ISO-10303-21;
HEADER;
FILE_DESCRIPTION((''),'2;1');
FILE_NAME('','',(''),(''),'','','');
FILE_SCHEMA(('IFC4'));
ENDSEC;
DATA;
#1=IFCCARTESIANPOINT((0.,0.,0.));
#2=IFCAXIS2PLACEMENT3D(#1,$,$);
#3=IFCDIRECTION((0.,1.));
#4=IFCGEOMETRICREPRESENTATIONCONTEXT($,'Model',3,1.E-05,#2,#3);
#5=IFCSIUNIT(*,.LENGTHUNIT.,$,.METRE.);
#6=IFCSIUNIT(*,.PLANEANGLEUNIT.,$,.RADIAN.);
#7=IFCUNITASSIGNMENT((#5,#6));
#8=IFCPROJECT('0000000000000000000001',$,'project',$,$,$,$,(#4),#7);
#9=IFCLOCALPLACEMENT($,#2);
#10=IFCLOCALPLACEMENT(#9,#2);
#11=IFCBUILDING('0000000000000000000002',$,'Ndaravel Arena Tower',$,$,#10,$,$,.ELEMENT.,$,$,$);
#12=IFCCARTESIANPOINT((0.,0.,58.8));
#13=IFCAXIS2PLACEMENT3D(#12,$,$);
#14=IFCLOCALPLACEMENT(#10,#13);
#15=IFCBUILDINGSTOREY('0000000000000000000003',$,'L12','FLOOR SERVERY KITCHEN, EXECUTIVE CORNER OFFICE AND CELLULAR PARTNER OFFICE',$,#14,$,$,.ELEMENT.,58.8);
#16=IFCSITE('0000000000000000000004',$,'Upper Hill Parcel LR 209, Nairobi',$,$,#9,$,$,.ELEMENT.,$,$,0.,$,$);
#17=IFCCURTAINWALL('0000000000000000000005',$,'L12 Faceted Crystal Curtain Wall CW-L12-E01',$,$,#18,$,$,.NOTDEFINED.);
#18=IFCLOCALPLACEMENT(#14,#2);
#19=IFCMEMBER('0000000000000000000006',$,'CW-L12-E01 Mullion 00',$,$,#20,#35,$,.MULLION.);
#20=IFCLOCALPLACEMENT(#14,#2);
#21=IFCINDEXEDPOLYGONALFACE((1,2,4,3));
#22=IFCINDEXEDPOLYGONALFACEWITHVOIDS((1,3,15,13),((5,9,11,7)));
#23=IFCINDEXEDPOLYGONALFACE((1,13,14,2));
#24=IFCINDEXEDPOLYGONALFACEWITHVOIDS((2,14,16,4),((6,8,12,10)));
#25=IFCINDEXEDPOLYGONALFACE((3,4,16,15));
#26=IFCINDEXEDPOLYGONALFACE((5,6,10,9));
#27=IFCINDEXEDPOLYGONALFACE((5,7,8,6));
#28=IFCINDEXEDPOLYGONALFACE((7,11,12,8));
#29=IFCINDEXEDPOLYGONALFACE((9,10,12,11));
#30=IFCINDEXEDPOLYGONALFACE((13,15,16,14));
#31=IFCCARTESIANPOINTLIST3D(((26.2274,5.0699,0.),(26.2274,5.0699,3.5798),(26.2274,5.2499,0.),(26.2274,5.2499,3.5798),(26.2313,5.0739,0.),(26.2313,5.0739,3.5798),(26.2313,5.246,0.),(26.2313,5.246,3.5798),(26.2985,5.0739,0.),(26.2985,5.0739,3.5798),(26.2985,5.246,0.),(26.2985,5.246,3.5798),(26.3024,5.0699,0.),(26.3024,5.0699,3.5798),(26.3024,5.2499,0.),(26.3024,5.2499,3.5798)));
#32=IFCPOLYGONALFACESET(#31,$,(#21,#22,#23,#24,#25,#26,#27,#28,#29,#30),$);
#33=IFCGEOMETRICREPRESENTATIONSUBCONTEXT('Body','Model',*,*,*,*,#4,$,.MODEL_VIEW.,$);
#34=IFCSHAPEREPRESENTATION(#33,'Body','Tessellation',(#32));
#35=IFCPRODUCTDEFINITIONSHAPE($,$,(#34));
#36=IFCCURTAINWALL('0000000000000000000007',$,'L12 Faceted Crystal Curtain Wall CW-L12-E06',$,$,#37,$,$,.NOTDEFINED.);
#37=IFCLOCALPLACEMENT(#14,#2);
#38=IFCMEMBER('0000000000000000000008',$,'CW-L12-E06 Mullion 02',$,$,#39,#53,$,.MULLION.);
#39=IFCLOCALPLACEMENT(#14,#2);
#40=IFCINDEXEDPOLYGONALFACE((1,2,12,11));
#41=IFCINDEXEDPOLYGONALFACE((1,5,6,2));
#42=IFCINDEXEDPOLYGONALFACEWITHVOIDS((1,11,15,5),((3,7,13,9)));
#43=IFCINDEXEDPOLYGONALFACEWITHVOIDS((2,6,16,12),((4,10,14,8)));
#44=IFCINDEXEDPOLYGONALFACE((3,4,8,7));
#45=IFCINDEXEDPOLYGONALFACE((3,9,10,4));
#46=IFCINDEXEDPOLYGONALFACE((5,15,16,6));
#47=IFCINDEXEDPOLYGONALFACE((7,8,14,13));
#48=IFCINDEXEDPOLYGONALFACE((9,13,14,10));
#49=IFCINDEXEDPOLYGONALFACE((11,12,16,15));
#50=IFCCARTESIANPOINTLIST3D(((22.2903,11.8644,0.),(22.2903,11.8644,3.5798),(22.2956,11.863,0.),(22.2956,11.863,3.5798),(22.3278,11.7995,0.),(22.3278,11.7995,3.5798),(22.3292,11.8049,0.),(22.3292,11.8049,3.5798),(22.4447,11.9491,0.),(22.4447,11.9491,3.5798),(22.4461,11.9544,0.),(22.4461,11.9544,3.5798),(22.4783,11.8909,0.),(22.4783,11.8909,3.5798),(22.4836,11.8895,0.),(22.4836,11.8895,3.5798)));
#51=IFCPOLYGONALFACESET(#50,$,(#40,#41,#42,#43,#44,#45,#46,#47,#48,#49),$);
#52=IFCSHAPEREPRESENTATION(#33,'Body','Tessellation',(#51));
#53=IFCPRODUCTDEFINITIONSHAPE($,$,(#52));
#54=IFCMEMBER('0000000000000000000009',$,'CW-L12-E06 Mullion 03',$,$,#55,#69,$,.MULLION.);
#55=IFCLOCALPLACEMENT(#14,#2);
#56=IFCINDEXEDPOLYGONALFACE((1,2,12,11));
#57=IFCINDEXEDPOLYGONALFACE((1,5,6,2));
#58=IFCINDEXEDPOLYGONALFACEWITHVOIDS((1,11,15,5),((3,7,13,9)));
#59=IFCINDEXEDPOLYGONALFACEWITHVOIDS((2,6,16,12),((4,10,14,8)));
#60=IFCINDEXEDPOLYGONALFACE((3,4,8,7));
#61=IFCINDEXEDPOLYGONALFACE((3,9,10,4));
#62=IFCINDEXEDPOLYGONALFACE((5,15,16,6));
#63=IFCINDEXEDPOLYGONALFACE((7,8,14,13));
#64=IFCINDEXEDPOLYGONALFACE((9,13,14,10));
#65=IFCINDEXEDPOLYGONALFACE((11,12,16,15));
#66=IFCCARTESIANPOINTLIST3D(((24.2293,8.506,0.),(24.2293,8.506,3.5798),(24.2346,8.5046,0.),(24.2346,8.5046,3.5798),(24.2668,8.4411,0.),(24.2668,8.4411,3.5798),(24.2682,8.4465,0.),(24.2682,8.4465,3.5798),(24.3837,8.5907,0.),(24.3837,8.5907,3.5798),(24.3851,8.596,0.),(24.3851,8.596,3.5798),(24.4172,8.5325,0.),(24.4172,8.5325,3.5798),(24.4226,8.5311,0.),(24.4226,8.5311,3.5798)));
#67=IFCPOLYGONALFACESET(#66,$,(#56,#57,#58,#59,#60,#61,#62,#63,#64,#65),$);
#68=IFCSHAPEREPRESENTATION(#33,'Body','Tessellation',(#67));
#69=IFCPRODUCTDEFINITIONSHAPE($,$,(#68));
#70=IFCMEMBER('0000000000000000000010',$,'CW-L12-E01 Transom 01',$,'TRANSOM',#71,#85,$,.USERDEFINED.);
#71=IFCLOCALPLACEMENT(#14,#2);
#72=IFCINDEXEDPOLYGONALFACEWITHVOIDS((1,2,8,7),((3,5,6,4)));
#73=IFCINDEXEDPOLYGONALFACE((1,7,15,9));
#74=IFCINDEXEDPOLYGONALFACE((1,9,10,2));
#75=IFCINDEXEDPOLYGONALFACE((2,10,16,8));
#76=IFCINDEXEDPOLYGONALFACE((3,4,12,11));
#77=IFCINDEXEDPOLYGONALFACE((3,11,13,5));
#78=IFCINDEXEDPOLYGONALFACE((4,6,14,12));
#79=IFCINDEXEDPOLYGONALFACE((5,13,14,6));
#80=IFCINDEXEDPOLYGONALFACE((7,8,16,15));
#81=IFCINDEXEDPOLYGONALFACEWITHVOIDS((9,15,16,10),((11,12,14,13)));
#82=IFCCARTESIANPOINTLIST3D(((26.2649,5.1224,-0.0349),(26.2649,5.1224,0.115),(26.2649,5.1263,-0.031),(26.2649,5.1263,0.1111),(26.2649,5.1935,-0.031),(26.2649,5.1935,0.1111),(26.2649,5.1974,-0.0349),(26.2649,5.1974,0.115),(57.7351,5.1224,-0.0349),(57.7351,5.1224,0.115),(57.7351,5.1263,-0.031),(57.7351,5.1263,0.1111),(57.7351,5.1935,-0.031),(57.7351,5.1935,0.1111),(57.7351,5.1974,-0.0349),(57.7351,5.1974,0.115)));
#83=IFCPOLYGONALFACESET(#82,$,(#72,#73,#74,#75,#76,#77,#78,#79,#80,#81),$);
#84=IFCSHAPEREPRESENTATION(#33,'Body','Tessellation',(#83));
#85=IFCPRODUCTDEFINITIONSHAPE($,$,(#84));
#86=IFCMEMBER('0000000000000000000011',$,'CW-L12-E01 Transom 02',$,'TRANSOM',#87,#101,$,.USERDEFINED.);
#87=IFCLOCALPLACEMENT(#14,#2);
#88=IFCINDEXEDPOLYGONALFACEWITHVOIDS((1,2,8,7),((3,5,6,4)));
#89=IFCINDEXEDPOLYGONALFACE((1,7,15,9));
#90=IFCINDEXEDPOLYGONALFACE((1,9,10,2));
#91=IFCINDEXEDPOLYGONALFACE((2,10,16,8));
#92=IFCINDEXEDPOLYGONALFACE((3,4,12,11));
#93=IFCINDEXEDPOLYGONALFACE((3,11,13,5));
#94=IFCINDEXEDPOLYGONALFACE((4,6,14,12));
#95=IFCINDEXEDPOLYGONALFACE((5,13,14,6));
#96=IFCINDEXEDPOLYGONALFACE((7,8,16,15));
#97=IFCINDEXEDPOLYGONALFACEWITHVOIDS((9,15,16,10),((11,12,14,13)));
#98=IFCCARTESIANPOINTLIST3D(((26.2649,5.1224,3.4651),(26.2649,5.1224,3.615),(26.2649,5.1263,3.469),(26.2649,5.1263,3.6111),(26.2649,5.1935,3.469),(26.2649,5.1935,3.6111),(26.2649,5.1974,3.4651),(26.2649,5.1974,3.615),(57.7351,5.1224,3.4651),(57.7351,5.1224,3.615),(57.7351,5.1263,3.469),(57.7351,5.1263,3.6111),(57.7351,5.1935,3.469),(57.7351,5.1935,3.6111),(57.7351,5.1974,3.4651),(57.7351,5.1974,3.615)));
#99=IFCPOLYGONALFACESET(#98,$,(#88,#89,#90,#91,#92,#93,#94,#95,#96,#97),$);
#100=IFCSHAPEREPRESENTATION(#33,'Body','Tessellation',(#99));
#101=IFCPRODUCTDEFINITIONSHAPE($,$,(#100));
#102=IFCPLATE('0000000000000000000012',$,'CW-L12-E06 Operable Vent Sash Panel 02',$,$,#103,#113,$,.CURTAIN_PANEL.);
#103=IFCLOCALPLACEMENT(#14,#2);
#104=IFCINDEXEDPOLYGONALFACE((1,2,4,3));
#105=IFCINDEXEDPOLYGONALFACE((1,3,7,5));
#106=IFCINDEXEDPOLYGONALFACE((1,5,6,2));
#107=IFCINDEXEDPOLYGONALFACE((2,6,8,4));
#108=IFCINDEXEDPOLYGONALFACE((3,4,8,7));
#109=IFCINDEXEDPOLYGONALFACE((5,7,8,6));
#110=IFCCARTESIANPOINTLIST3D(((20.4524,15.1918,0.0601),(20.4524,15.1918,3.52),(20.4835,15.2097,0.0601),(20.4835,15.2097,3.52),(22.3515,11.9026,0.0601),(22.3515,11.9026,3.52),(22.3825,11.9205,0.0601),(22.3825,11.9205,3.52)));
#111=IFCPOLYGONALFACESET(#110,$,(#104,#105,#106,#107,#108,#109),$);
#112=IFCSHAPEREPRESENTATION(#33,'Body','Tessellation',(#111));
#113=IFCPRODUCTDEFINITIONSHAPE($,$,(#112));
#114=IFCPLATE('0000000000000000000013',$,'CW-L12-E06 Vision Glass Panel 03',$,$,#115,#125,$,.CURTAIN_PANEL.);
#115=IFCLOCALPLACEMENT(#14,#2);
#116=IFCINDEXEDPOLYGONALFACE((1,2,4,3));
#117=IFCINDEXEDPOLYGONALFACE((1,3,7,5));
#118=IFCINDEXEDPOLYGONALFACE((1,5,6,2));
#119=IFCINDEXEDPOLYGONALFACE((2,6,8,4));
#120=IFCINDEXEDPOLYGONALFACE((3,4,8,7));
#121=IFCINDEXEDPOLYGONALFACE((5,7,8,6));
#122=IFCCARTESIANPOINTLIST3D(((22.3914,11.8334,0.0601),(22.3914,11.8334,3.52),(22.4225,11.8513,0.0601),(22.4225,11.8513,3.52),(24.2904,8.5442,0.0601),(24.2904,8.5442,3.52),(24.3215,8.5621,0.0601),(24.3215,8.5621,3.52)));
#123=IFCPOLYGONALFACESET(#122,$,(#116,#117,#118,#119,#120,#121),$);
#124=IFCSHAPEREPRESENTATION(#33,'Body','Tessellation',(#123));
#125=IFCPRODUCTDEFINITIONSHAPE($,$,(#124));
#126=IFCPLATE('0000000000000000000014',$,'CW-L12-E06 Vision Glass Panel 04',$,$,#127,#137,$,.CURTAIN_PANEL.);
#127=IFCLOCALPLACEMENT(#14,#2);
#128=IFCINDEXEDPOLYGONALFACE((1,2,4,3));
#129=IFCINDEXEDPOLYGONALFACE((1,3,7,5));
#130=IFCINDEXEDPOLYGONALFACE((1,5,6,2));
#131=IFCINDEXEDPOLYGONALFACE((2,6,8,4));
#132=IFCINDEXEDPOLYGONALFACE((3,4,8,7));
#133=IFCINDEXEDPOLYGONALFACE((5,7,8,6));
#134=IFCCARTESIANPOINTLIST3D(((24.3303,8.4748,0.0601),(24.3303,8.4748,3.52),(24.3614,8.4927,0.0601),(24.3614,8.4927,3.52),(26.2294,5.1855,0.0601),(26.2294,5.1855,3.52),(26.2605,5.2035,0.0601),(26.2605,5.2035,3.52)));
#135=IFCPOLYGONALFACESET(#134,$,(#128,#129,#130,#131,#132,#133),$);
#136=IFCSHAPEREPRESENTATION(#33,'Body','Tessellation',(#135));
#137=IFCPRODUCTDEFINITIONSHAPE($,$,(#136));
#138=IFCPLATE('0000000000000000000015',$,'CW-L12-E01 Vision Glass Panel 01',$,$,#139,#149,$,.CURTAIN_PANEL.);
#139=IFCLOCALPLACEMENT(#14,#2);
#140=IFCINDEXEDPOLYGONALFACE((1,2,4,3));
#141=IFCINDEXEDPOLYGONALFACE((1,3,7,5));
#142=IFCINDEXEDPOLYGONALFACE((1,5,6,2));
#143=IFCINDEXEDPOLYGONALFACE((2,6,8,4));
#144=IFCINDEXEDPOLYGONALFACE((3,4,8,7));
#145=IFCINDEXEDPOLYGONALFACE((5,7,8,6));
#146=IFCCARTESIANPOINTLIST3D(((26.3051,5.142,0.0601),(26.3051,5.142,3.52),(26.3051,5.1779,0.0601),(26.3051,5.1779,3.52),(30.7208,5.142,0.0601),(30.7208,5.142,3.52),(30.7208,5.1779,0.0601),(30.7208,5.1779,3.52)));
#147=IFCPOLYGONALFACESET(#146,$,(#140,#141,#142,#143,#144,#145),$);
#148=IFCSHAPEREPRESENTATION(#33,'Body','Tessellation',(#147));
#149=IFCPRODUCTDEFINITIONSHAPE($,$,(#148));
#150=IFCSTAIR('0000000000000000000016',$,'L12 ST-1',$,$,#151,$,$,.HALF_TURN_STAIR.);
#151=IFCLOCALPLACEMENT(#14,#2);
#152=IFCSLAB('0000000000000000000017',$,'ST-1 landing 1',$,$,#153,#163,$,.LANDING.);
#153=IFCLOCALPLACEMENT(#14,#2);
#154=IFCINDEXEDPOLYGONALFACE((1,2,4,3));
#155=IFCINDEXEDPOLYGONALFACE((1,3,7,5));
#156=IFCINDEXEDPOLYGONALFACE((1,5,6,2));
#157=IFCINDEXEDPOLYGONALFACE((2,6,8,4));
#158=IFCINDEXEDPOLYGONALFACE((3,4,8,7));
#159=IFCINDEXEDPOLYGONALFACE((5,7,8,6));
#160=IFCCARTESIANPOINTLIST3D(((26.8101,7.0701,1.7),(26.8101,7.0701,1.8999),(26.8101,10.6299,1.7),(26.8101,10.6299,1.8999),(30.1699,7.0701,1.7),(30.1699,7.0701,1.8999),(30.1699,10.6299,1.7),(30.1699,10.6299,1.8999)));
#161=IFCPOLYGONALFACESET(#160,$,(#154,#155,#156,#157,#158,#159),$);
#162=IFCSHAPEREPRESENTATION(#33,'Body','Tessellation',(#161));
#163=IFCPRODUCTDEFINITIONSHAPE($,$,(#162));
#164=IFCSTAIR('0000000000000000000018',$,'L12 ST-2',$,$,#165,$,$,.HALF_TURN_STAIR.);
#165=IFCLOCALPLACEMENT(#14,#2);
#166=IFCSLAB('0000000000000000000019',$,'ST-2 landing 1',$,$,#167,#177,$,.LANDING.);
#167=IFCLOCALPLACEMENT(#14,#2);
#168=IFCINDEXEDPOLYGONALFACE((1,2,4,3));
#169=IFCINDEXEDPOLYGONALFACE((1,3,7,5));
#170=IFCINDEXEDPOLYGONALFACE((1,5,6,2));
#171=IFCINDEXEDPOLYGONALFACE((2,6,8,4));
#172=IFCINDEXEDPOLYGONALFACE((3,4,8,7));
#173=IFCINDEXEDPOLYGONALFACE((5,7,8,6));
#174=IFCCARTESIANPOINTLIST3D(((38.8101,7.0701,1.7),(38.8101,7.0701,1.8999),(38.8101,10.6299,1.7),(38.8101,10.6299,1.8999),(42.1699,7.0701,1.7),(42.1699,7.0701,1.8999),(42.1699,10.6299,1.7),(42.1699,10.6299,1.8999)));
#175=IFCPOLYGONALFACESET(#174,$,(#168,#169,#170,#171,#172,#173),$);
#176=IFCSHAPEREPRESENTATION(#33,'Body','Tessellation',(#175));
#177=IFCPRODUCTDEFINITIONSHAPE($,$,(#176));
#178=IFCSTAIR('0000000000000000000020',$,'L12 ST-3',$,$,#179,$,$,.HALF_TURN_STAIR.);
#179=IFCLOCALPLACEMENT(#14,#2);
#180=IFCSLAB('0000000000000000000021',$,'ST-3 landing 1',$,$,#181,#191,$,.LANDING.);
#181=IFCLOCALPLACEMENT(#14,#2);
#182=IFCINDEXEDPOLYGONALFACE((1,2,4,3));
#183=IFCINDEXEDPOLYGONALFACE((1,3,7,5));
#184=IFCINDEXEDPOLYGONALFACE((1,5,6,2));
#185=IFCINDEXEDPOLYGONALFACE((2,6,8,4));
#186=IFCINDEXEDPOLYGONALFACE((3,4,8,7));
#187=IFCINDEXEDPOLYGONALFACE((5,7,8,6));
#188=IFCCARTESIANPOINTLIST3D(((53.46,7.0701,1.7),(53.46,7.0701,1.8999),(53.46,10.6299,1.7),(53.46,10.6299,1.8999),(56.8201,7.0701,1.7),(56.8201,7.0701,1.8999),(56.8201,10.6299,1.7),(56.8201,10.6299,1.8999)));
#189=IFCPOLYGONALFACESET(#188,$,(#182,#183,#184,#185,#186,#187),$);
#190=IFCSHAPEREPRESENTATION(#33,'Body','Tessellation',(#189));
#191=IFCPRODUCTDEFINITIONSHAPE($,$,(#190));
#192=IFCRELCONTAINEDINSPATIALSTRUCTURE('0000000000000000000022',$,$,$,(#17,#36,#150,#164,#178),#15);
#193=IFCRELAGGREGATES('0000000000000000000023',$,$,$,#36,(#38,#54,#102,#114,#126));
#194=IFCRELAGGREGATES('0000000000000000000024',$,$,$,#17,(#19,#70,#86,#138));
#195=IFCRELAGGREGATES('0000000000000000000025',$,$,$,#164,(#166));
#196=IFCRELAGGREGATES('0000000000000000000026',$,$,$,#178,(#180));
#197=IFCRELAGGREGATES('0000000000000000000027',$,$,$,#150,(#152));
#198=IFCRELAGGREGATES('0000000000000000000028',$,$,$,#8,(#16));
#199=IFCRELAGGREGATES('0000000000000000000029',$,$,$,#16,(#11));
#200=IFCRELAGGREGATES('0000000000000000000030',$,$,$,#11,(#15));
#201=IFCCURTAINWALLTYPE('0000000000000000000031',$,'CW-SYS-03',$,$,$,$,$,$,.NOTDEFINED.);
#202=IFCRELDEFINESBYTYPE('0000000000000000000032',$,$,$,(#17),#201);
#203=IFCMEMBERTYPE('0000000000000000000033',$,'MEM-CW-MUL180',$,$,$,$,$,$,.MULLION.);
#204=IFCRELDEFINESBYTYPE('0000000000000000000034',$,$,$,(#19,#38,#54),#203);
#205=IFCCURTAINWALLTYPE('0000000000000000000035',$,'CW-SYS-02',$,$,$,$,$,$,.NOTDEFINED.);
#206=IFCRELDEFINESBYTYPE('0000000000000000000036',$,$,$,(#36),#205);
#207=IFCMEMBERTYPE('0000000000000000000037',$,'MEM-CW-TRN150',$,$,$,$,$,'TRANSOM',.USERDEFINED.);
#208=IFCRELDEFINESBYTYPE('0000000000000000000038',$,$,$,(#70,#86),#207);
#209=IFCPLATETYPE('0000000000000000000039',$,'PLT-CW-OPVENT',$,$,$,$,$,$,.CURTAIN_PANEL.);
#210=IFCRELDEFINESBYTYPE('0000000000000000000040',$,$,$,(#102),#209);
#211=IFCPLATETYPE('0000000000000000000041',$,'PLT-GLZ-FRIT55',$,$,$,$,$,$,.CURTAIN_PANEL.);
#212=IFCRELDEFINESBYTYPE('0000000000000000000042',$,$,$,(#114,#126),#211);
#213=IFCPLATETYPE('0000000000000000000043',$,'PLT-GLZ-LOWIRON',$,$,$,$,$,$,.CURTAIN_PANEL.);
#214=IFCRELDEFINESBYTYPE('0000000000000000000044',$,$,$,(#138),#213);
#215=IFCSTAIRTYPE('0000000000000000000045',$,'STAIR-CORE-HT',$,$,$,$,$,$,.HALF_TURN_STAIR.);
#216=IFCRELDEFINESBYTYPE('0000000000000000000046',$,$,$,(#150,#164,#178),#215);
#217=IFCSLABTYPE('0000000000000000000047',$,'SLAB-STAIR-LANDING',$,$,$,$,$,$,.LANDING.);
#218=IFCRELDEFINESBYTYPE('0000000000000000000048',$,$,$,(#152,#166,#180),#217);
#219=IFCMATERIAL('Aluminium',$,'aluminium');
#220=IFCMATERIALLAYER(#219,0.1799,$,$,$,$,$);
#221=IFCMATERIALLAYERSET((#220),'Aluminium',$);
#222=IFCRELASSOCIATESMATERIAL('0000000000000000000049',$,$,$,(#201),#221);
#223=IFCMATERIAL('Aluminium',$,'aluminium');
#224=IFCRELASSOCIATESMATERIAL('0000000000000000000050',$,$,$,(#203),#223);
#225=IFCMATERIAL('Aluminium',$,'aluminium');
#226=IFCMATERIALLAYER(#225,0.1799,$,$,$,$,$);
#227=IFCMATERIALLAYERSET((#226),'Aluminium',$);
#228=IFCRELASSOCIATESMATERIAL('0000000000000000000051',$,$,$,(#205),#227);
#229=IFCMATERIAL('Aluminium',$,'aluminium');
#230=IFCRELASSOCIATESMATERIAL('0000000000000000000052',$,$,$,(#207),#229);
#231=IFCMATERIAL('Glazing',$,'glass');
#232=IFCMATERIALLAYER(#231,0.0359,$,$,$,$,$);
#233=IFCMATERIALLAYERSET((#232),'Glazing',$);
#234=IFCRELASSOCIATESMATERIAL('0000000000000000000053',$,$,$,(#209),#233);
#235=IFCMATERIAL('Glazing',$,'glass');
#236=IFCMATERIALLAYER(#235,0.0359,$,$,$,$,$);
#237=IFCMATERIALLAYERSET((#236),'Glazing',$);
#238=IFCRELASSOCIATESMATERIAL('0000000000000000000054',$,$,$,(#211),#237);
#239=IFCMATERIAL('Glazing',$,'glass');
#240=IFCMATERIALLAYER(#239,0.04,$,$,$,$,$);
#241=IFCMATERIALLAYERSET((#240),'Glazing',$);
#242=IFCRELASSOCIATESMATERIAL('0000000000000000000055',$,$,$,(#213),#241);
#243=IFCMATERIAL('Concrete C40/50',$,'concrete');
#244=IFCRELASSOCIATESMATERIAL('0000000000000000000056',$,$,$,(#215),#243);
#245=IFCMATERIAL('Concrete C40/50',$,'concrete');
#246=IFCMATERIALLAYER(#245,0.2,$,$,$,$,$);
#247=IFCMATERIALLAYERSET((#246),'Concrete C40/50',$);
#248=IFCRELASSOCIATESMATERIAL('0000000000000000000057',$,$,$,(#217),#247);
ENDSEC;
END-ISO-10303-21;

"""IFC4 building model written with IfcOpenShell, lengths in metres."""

from ifc_helpers import new_model, si_unit, direction, frame, origin, origin_2d, place, context, subcontext, project, spatial, polyline, rectangle, hollow_rectangle, outline, extrude, material, layer, layer_set, material_profile, profile_set, type_object, element, aggregate, save


model = new_model("IFC4")

# Units and contexts
model_context = context("Model", 3, precision=1e-05, world=origin(), true_north=direction((0.0, 1.0)))
body_context = subcontext(model_context, "Body", "Model", "MODEL_VIEW")
ifc_project = project(units=[si_unit("LENGTHUNIT", "METRE"), si_unit("PLANEANGLEUNIT", "RADIAN")], contexts=[model_context])

# Site, building, storey
site_placement = place(None, origin())
site = spatial("IfcSite", under=ifc_project, at=site_placement, Name="Upper Hill Parcel LR 209, Nairobi", CompositionType="ELEMENT", RefElevation=0.0)
building_placement = place(site_placement, origin())
building = spatial("IfcBuilding", under=site, at=building_placement, Name="Ndaravel Arena Tower", CompositionType="ELEMENT")
storey_placement = place(building_placement, frame((0.0, 0.0, 58.8)))
storey = spatial("IfcBuildingStorey", under=building, at=storey_placement, Name="L12", Description="FLOOR SERVERY KITCHEN, EXECUTIVE CORNER OFFICE AND CELLULAR PARTNER OFFICE", CompositionType="ELEMENT", Elevation=58.8)

# Curtain wall, member
ifc_material_1 = material(Name="Aluminium", Category="aluminium")
ifc_layer_1 = layer(ifc_material_1, 0.1799)
ifc_layer_set_1 = layer_set([ifc_layer_1], Name="Aluminium")
curtain_wall_type_1 = type_object("IfcCurtainWallType", Name="CW-SYS-03", PredefinedType="NOTDEFINED", material=ifc_layer_set_1)
curtain_wall_1_placement = place(storey_placement, origin())
curtain_wall_1 = element("IfcCurtainWall", 1, at=curtain_wall_1_placement, inside=storey, type_object=curtain_wall_type_1, Name="L12 Faceted Crystal Curtain Wall CW-L12-E01", PredefinedType="NOTDEFINED")
ifc_material_2 = material(Name="Aluminium", Category="aluminium")
ifc_material_profile_1 = material_profile(ifc_material_2, hollow_rectangle(XDim=0.075, YDim=0.1799, WallThickness=0.0039, at=origin_2d()), Name="CW MULLION 75x180x4")
ifc_profile_set_1 = profile_set([ifc_material_profile_1], Name="Aluminium")
member_type_1 = type_object("IfcMemberType", Name="MEM-CW-MUL180", PredefinedType="MULLION", material=ifc_profile_set_1)
member_1_placement = place(storey_placement, frame((26.2649, 5.1599, 0.0), z_axis=(0.0, 0.0, 1.0), x_axis=(1.0, 0.0, 0.0)))
member_1 = element("IfcMember", 2, at=member_1_placement, type_object=member_type_1, Name="CW-L12-E01 Mullion 00", PredefinedType="MULLION", context=body_context, shape_type="SweptSolid", body=[
    extrude(hollow_rectangle(XDim=0.075, YDim=0.1799, WallThickness=0.0039, at=origin_2d()), origin(), (0.0, 0.0, 1.0), 3.5798),
])

# Curtain wall, members
ifc_material_3 = material(Name="Aluminium", Category="aluminium")
ifc_layer_2 = layer(ifc_material_3, 0.1799)
ifc_layer_set_2 = layer_set([ifc_layer_2], Name="Aluminium")
curtain_wall_type_2 = type_object("IfcCurtainWallType", Name="CW-SYS-02", PredefinedType="NOTDEFINED", material=ifc_layer_set_2)
curtain_wall_2_placement = place(storey_placement, origin())
curtain_wall_2 = element("IfcCurtainWall", 3, at=curtain_wall_2_placement, inside=storey, type_object=curtain_wall_type_2, Name="L12 Faceted Crystal Curtain Wall CW-L12-E06", PredefinedType="NOTDEFINED")
member_2_placement = place(storey_placement, frame((22.387, 11.877, 0.0), z_axis=(0.0, 0.0, 1.0), x_axis=(0.5, -0.866025, 0.0)))
member_2 = element("IfcMember", 4, at=member_2_placement, type_object=member_type_1, Name="CW-L12-E06 Mullion 02", PredefinedType="MULLION", context=body_context, shape_type="SweptSolid", body=[
    extrude(hollow_rectangle(XDim=0.075, YDim=0.1799, WallThickness=0.0039, at=origin_2d()), origin(), (0.0, 0.0, 1.0), 3.5798),
])
member_3_placement = place(storey_placement, frame((24.3259, 8.5186, 0.0), z_axis=(0.0, 0.0, 1.0), x_axis=(0.5, -0.866025, 0.0)))
member_3 = element("IfcMember", 5, at=member_3_placement, type_object=member_type_1, Name="CW-L12-E06 Mullion 03", PredefinedType="MULLION", context=body_context, shape_type="SweptSolid", body=[
    extrude(hollow_rectangle(XDim=0.075, YDim=0.1799, WallThickness=0.0039, at=origin_2d()), origin(), (0.0, 0.0, 1.0), 3.5798),
])

# Members
ifc_material_4 = material(Name="Aluminium", Category="aluminium")
ifc_material_profile_2 = material_profile(ifc_material_4, hollow_rectangle(XDim=0.075, YDim=0.1499, WallThickness=0.0039, at=origin_2d()), Name="CW TRANSOM 75x150x4")
ifc_profile_set_2 = profile_set([ifc_material_profile_2], Name="Aluminium")
member_type_2 = type_object("IfcMemberType", Name="MEM-CW-TRN150", ElementType="TRANSOM", PredefinedType="USERDEFINED", material=ifc_profile_set_2)
member_4_placement = place(storey_placement, frame((26.2649, 5.1599, 0.04), z_axis=(1.0, 0.0, 0.0), x_axis=(0.0, 1.0, 0.0)))
member_4 = element("IfcMember", 6, at=member_4_placement, type_object=member_type_2, Name="CW-L12-E01 Transom 01", ObjectType="TRANSOM", PredefinedType="USERDEFINED", context=body_context, shape_type="SweptSolid", body=[
    extrude(hollow_rectangle(XDim=0.075, YDim=0.1499, WallThickness=0.0039, at=origin_2d()), origin(), (0.0, 0.0, 1.0), 31.4702),
])
member_5_placement = place(storey_placement, frame((26.2649, 5.1599, 3.54), z_axis=(1.0, 0.0, 0.0), x_axis=(0.0, 1.0, 0.0)))
member_5 = element("IfcMember", 7, at=member_5_placement, type_object=member_type_2, Name="CW-L12-E01 Transom 02", ObjectType="TRANSOM", PredefinedType="USERDEFINED", context=body_context, shape_type="SweptSolid", body=[
    extrude(hollow_rectangle(XDim=0.075, YDim=0.1499, WallThickness=0.0039, at=origin_2d()), origin(), (0.0, 0.0, 1.0), 31.4702),
])

# Plates
ifc_material_5 = material(Name="Glazing", Category="glass")
ifc_layer_3 = layer(ifc_material_5, 0.0359)
ifc_layer_set_3 = layer_set([ifc_layer_3], Name="Glazing")
plate_type_1 = type_object("IfcPlateType", Name="PLT-CW-OPVENT", PredefinedType="CURTAIN_PANEL", material=ifc_layer_set_3)
plate_1_placement = place(storey_placement, frame((21.4175, 13.5562, 0.0601), z_axis=(0.0, 0.0, 1.0), x_axis=(0.5, -0.866025, 0.0)))
plate_1 = element("IfcPlate", 8, at=plate_1_placement, type_object=plate_type_1, Name="CW-L12-E06 Operable Vent Sash Panel 02", PredefinedType="CURTAIN_PANEL", context=body_context, shape_type="SweptSolid", body=[
    extrude(rectangle(XDim=3.7981, YDim=0.0359, at=origin_2d()), origin(), (0.0, 0.0, 1.0), 3.46),
])
ifc_material_6 = material(Name="Glazing", Category="glass")
ifc_layer_4 = layer(ifc_material_6, 0.0359)
ifc_layer_set_4 = layer_set([ifc_layer_4], Name="Glazing")
plate_type_2 = type_object("IfcPlateType", Name="PLT-GLZ-FRIT55", PredefinedType="CURTAIN_PANEL", material=ifc_layer_set_4)
plate_2_placement = place(storey_placement, frame((23.3564, 10.1978, 0.0601), z_axis=(0.0, 0.0, 1.0), x_axis=(0.5, -0.866025, 0.0)))
plate_2 = element("IfcPlate", 9, at=plate_2_placement, type_object=plate_type_2, Name="CW-L12-E06 Vision Glass Panel 03", PredefinedType="CURTAIN_PANEL", context=body_context, shape_type="SweptSolid", body=[
    extrude(rectangle(XDim=3.7981, YDim=0.0359, at=origin_2d()), origin(), (0.0, 0.0, 1.0), 3.46),
])
plate_3_placement = place(storey_placement, frame((25.2954, 6.8391, 0.0601), z_axis=(0.0, 0.0, 1.0), x_axis=(0.5, -0.866025, 0.0)))
plate_3 = element("IfcPlate", 10, at=plate_3_placement, type_object=plate_type_2, Name="CW-L12-E06 Vision Glass Panel 04", PredefinedType="CURTAIN_PANEL", context=body_context, shape_type="SweptSolid", body=[
    extrude(rectangle(XDim=3.7981, YDim=0.0359, at=origin_2d()), origin(), (0.0, 0.0, 1.0), 3.46),
])
aggregate(curtain_wall_2, [member_2, member_3, plate_1, plate_2, plate_3])
ifc_material_7 = material(Name="Glazing", Category="glass")
ifc_layer_5 = layer(ifc_material_7, 0.04)
ifc_layer_set_5 = layer_set([ifc_layer_5], Name="Glazing")
plate_type_3 = type_object("IfcPlateType", Name="PLT-GLZ-LOWIRON", PredefinedType="CURTAIN_PANEL", material=ifc_layer_set_5)
plate_4_placement = place(storey_placement, frame((28.5129, 5.1599, 0.0601), z_axis=(0.0, 0.0, 1.0), x_axis=(1.0, 0.0, 0.0)))
plate_4 = element("IfcPlate", 11, at=plate_4_placement, type_object=plate_type_3, Name="CW-L12-E01 Vision Glass Panel 01", PredefinedType="CURTAIN_PANEL", context=body_context, shape_type="SweptSolid", body=[
    extrude(rectangle(XDim=4.4158, YDim=0.0359, at=origin_2d()), origin(), (0.0, 0.0, 1.0), 3.46),
])
aggregate(curtain_wall_1, [member_1, member_4, member_5, plate_4])

# Stairs, slabs
ifc_material_8 = material(Name="Concrete C40/50", Category="concrete")
stair_type = type_object("IfcStairType", Name="STAIR-CORE-HT", PredefinedType="HALF_TURN_STAIR", material=ifc_material_8)
stair_1_placement = place(storey_placement, origin())
stair_1 = element("IfcStair", 12, at=stair_1_placement, inside=storey, type_object=stair_type, Name="L12 ST-1", PredefinedType="HALF_TURN_STAIR")
ifc_material_9 = material(Name="Concrete C40/50", Category="concrete")
ifc_layer_6 = layer(ifc_material_9, 0.2)
ifc_layer_set_6 = layer_set([ifc_layer_6], Name="Concrete C40/50")
slab_type_1 = type_object("IfcSlabType", Name="SLAB-STAIR-LANDING", PredefinedType="LANDING", material=ifc_layer_set_6)
slab_1_placement = place(storey_placement, frame((0.0, 0.0, 1.7)))
slab_1 = element("IfcSlab", 13, at=slab_1_placement, type_object=slab_type_1, Name="ST-1 landing 1", PredefinedType="LANDING", context=body_context, shape_type="SweptSolid", body=[
    extrude(outline(polyline([(26.8101, 10.6299), (26.8101, 7.0701), (30.1699, 7.0701), (30.1699, 10.6299), (26.8101, 10.6299)])), origin(), (0.0, 0.0, 1.0), 0.2),
])
stair_2_placement = place(storey_placement, origin())
stair_2 = element("IfcStair", 14, at=stair_2_placement, inside=storey, type_object=stair_type, Name="L12 ST-2", PredefinedType="HALF_TURN_STAIR")
slab_2_placement = place(storey_placement, frame((0.0, 0.0, 1.7)))
slab_2 = element("IfcSlab", 15, at=slab_2_placement, type_object=slab_type_1, Name="ST-2 landing 1", PredefinedType="LANDING", context=body_context, shape_type="SweptSolid", body=[
    extrude(outline(polyline([(38.8101, 10.6299), (38.8101, 7.0701), (42.1699, 7.0701), (42.1699, 10.6299), (38.8101, 10.6299)])), origin(), (0.0, 0.0, 1.0), 0.2),
])
aggregate(stair_2, [slab_2])
stair_3_placement = place(storey_placement, origin())
stair_3 = element("IfcStair", 16, at=stair_3_placement, inside=storey, type_object=stair_type, Name="L12 ST-3", PredefinedType="HALF_TURN_STAIR")
slab_3_placement = place(storey_placement, frame((0.0, 0.0, 1.7)))
slab_3 = element("IfcSlab", 17, at=slab_3_placement, type_object=slab_type_1, Name="ST-3 landing 1", PredefinedType="LANDING", context=body_context, shape_type="SweptSolid", body=[
    extrude(outline(polyline([(53.46, 10.6299), (53.46, 7.0701), (56.8201, 7.0701), (56.8201, 10.6299), (53.46, 10.6299)])), origin(), (0.0, 0.0, 1.0), 0.2),
])
aggregate(stair_3, [slab_3])

aggregate(stair_1, [slab_1])

save(model, "model.ifc")
